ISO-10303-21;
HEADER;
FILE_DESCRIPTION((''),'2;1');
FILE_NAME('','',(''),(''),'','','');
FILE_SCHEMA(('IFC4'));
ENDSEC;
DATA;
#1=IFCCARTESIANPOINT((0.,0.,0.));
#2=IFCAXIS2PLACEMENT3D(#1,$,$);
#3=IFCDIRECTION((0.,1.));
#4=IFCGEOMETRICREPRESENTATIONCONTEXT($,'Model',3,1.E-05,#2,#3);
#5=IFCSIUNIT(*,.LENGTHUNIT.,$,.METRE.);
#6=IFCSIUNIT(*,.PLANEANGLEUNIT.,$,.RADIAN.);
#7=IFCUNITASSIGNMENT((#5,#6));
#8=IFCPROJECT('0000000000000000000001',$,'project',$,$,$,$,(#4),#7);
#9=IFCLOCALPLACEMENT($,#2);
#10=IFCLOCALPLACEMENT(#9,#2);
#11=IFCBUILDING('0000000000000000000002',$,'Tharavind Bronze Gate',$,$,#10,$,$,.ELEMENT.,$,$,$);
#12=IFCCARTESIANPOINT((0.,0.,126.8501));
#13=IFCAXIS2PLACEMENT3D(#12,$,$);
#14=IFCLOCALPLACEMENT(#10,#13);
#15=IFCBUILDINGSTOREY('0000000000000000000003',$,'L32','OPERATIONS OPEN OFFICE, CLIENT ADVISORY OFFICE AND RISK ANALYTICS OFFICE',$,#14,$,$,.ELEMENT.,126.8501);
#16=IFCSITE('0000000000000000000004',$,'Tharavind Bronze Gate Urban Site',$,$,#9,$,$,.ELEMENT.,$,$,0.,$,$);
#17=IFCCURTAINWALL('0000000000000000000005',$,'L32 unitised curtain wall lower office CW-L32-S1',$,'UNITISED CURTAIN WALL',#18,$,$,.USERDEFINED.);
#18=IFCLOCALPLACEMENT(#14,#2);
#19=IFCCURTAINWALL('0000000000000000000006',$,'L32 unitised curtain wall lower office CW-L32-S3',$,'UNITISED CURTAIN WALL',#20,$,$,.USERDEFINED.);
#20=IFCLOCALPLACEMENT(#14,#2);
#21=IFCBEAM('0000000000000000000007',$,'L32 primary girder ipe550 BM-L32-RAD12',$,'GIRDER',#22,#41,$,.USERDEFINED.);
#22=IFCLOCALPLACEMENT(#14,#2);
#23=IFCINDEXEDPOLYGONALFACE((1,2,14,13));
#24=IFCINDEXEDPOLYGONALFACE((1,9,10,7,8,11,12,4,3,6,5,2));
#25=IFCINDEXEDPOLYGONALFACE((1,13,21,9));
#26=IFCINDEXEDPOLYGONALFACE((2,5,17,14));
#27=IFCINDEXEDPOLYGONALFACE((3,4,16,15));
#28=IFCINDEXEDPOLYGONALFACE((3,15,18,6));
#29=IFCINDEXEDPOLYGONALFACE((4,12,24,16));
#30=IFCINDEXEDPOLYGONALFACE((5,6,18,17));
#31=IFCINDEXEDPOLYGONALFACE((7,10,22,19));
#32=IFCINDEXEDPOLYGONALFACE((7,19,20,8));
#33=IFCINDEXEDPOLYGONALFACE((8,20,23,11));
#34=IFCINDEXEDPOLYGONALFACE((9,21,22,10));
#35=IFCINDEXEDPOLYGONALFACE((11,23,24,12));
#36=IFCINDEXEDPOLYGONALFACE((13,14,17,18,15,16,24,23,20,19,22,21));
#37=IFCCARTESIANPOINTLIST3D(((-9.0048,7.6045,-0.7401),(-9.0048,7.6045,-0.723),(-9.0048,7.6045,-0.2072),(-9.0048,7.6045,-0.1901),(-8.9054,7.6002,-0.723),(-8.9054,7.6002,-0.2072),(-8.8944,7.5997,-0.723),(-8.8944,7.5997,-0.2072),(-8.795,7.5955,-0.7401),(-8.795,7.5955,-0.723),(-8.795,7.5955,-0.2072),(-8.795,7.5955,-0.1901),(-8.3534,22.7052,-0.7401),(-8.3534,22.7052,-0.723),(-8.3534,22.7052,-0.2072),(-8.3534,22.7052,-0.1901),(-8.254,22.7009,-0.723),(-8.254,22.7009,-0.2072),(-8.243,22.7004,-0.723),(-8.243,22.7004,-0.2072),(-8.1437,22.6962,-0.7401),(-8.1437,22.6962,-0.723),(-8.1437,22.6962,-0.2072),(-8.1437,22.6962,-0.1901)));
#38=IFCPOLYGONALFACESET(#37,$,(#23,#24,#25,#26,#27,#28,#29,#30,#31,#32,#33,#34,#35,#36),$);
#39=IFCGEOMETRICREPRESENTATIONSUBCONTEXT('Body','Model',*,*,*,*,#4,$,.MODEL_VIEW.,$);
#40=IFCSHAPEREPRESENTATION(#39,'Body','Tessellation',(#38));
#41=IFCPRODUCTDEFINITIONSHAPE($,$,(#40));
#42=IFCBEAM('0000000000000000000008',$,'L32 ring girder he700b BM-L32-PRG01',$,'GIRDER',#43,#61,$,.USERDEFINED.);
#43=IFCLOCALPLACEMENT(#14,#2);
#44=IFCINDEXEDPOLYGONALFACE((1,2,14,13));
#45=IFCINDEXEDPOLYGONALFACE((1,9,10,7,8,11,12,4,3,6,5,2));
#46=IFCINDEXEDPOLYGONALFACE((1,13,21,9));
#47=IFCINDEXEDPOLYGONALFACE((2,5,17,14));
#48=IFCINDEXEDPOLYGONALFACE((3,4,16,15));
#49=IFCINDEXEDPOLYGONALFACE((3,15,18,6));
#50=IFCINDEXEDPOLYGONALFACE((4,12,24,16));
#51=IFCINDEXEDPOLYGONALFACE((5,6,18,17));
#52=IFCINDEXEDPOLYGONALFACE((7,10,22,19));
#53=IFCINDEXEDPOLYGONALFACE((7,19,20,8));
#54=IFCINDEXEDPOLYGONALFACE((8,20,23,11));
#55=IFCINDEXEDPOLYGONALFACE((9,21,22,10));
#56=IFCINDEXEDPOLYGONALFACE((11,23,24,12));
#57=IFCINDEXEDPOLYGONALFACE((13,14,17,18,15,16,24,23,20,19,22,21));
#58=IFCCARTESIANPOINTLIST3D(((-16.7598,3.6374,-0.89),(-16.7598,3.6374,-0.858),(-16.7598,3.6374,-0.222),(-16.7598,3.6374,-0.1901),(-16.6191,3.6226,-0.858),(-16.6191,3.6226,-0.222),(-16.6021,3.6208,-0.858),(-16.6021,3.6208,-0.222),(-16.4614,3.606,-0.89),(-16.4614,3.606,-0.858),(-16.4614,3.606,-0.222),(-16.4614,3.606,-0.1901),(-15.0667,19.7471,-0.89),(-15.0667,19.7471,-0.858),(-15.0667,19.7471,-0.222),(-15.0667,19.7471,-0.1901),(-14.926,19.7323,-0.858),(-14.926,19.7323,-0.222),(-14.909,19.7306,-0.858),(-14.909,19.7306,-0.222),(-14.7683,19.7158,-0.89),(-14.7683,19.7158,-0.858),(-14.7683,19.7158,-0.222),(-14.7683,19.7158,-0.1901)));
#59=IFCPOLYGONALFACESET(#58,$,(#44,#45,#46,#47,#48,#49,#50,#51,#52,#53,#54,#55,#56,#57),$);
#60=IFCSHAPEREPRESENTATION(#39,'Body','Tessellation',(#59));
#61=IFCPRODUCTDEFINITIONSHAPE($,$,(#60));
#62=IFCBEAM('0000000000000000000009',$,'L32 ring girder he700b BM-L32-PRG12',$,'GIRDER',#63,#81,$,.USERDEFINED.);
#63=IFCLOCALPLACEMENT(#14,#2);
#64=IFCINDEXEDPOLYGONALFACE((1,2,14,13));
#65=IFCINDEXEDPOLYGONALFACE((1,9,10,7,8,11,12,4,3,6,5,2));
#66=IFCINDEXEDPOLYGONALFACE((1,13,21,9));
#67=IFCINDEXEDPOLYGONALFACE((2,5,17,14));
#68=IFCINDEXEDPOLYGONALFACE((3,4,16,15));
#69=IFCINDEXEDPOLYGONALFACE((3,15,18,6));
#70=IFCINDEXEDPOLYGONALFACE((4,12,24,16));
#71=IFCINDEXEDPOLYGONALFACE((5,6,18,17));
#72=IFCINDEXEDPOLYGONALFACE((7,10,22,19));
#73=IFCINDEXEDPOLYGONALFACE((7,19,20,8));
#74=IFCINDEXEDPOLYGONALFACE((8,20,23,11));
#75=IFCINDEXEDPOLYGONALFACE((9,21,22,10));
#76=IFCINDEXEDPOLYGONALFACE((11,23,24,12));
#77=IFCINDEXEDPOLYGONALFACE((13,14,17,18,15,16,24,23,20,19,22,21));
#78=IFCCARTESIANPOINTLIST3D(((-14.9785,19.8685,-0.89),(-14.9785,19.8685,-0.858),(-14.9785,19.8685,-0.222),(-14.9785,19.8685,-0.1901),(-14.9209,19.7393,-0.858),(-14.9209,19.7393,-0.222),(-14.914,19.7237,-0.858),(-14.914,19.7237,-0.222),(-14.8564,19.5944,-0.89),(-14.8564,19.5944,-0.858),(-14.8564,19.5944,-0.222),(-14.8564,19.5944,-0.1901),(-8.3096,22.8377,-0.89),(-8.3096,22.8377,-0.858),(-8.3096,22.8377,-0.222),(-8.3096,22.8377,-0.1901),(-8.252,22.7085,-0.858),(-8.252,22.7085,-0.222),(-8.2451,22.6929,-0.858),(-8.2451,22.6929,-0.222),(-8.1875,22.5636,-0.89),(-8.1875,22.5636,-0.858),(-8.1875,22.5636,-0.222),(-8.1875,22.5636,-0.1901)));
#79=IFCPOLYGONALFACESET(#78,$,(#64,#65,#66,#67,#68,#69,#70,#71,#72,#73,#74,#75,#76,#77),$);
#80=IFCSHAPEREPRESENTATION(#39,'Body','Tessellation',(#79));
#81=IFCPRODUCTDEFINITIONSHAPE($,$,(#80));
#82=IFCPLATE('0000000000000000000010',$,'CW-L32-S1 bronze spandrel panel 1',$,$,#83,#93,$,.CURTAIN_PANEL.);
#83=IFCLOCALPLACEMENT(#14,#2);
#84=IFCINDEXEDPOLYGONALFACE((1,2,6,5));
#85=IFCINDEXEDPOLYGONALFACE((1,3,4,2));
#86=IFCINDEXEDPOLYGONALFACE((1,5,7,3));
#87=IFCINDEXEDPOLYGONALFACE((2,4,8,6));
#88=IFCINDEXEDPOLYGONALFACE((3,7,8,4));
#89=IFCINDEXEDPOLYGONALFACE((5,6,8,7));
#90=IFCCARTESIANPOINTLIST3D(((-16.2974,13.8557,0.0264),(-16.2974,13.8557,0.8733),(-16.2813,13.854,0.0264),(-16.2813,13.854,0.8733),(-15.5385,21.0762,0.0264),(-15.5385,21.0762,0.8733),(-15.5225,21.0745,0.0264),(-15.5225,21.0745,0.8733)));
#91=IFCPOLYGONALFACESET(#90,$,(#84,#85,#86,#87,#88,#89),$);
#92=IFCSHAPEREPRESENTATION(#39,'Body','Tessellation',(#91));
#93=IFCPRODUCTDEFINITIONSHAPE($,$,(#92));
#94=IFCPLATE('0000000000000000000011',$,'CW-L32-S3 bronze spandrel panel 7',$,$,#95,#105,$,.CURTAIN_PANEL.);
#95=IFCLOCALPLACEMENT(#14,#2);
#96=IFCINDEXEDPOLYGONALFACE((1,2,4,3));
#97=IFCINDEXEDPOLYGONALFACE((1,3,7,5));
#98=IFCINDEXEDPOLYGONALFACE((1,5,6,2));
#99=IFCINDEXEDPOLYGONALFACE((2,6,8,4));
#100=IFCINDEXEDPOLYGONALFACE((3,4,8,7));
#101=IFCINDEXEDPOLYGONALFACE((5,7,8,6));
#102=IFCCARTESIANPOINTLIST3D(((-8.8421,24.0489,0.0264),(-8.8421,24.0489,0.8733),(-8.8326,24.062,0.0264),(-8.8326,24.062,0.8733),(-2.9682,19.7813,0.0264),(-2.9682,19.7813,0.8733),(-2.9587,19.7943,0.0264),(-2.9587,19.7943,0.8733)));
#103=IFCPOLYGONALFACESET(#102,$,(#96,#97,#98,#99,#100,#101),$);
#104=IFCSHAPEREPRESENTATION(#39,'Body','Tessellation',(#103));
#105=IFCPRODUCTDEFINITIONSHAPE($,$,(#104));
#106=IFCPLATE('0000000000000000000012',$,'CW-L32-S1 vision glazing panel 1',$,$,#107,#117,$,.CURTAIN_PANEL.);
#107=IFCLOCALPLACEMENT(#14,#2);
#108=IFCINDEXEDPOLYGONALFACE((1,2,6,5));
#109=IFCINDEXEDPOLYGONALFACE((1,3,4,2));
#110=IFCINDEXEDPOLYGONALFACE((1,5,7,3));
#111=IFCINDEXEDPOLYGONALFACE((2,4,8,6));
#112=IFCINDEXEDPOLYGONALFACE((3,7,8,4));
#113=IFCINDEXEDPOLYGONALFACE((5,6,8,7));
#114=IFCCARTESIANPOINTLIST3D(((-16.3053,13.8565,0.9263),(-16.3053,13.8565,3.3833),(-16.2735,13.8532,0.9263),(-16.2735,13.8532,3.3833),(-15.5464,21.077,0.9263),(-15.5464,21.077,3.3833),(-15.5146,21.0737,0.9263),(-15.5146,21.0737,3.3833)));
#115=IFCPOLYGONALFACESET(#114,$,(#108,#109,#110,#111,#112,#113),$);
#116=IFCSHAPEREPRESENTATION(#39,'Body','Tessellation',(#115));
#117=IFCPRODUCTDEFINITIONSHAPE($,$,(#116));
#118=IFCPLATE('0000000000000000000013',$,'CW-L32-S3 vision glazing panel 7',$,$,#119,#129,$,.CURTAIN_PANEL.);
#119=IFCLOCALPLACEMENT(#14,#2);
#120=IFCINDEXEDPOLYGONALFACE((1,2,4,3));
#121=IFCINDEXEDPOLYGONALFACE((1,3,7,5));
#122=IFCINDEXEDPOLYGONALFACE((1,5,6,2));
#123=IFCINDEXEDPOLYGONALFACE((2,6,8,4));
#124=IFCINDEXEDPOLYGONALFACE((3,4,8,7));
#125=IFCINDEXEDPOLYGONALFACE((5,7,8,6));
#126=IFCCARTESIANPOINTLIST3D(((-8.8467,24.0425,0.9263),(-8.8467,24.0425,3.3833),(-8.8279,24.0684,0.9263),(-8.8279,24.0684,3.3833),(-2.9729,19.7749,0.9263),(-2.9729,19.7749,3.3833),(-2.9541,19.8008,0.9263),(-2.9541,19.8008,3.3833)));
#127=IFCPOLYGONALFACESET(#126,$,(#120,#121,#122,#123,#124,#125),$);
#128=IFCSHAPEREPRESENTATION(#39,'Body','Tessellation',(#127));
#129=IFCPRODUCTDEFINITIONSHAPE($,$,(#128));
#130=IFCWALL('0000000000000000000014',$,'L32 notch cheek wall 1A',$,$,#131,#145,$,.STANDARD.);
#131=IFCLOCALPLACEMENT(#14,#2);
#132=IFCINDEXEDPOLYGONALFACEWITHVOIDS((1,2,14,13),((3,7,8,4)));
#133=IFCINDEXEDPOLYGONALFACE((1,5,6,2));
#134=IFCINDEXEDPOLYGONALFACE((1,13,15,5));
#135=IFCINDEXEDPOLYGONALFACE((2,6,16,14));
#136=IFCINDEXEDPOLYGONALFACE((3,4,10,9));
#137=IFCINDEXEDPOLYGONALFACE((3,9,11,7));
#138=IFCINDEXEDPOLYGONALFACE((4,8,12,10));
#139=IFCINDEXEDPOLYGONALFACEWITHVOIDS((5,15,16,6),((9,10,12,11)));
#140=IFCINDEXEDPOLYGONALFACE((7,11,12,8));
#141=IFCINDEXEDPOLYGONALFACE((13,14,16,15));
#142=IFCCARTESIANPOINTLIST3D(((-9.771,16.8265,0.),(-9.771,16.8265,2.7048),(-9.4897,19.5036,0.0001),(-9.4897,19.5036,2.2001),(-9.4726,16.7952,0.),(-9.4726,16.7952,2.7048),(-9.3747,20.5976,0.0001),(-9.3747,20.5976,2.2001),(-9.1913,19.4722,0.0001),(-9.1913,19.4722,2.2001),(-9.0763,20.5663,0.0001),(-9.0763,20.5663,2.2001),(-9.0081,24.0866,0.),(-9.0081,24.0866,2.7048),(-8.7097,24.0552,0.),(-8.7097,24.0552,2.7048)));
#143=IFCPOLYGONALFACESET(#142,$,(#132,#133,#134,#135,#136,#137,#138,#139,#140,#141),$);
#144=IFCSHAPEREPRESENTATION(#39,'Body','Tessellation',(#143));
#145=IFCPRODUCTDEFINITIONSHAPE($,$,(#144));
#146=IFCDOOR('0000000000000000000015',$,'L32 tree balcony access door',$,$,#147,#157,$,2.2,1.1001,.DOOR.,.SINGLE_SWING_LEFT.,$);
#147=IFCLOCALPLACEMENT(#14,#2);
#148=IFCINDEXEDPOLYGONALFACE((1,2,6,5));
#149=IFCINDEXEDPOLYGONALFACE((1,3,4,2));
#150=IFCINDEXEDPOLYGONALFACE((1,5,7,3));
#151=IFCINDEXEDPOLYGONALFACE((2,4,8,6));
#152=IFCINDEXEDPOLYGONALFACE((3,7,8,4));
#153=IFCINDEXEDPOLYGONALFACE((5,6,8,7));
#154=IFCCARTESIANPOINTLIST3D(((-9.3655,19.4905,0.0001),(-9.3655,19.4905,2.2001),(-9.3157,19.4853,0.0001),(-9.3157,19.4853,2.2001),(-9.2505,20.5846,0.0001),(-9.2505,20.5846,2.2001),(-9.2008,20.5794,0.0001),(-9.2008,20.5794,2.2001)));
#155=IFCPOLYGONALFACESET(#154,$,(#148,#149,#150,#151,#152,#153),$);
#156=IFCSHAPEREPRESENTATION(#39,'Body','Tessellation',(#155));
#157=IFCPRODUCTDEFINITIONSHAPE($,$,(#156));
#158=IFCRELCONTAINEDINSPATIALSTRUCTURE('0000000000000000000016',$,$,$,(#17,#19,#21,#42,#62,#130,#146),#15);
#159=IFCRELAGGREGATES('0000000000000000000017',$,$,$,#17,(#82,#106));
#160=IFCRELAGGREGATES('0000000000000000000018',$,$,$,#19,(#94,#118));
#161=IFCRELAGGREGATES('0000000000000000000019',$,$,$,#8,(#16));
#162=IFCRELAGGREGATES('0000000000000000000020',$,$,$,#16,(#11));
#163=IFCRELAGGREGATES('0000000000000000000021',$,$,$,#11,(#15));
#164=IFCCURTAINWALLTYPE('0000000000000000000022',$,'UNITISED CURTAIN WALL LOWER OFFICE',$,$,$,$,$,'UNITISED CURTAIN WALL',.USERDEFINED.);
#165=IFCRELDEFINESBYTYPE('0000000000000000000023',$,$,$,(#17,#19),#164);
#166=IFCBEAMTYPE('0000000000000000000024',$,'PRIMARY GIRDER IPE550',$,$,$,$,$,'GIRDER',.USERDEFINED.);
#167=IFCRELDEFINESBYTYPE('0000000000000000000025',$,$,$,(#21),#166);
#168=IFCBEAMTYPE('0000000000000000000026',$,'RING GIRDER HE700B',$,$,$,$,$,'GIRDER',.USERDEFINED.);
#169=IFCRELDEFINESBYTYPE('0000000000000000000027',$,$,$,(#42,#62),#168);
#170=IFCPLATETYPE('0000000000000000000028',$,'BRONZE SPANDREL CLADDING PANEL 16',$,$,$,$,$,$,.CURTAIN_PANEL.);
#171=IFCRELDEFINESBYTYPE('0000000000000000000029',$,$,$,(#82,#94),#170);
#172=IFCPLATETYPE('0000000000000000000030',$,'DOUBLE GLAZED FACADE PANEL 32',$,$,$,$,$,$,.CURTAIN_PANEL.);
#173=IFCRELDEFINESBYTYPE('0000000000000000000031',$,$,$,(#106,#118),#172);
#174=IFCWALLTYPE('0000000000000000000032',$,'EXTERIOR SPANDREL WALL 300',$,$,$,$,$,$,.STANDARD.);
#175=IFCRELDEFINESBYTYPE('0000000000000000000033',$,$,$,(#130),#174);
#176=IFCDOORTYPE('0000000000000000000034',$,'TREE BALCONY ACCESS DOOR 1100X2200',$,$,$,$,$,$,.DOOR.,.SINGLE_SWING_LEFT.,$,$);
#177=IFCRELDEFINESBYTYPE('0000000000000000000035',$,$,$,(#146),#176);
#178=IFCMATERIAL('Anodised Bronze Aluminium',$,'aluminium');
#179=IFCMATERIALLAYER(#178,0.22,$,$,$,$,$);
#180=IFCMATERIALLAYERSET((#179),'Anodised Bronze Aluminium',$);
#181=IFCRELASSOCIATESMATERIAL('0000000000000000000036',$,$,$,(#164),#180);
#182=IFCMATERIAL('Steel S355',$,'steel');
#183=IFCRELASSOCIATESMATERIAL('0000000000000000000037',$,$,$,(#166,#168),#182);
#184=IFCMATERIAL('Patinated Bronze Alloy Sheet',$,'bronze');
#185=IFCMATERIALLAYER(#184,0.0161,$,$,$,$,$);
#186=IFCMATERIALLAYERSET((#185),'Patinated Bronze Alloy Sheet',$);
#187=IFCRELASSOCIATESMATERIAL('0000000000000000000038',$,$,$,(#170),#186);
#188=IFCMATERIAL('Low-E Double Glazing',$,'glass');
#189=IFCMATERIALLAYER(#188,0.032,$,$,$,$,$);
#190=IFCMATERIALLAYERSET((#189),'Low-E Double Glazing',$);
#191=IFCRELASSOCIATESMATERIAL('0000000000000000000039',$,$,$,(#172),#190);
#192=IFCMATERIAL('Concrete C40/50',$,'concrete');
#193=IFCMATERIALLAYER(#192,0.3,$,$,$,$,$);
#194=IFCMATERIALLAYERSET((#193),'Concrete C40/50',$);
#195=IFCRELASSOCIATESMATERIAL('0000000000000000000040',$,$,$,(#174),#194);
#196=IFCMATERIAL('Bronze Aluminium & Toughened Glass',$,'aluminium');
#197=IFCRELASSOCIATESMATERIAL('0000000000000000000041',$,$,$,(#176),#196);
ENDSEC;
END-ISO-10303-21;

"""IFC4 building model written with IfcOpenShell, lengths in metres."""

from ifc_helpers import new_model, si_unit, direction, frame, frame_2d, origin, origin_2d, place, context, subcontext, project, spatial, rectangle, i_section, extrude, material, layer, layer_set, material_profile, profile_set, type_object, element, fill, aggregate, save


model = new_model("IFC4")

# Units and contexts
model_context = context("Model", 3, precision=1e-05, world=origin(), true_north=direction((0.0, 1.0)))
body_context = subcontext(model_context, "Body", "Model", "MODEL_VIEW")
ifc_project = project(units=[si_unit("LENGTHUNIT", "METRE"), si_unit("PLANEANGLEUNIT", "RADIAN")], contexts=[model_context])

# Site, building, storey
site_placement = place(None, origin())
site = spatial("IfcSite", under=ifc_project, at=site_placement, Name="Tharavind Bronze Gate Urban Site", CompositionType="ELEMENT", RefElevation=0.0)
building_placement = place(site_placement, origin())
building = spatial("IfcBuilding", under=site, at=building_placement, Name="Tharavind Bronze Gate", CompositionType="ELEMENT")
storey_placement = place(building_placement, frame((0.0, 0.0, 126.8501)))
storey = spatial("IfcBuildingStorey", under=building, at=storey_placement, Name="L32", Description="OPERATIONS OPEN OFFICE, CLIENT ADVISORY OFFICE AND RISK ANALYTICS OFFICE", CompositionType="ELEMENT", Elevation=126.8501)

# Curtain wall
ifc_material_1 = material(Name="Anodised Bronze Aluminium", Category="aluminium")
ifc_layer_1 = layer(ifc_material_1, 0.22)
ifc_layer_set_1 = layer_set([ifc_layer_1], Name="Anodised Bronze Aluminium")
curtain_wall_type = type_object("IfcCurtainWallType", Name="UNITISED CURTAIN WALL LOWER OFFICE", ElementType="UNITISED CURTAIN WALL", PredefinedType="USERDEFINED", material=ifc_layer_set_1)
curtain_wall_1_placement = place(storey_placement, origin())
curtain_wall_1 = element("IfcCurtainWall", 1, at=curtain_wall_1_placement, inside=storey, type_object=curtain_wall_type, Name="L32 unitised curtain wall lower office CW-L32-S1", ObjectType="UNITISED CURTAIN WALL", PredefinedType="USERDEFINED")

# Curtain wall
curtain_wall_2_placement = place(storey_placement, origin())
curtain_wall_2 = element("IfcCurtainWall", 2, at=curtain_wall_2_placement, inside=storey, type_object=curtain_wall_type, Name="L32 unitised curtain wall lower office CW-L32-S3", ObjectType="UNITISED CURTAIN WALL", PredefinedType="USERDEFINED")

# Beams
ifc_material_2 = material(Name="Steel S355", Category="steel")
ifc_material_profile_1 = material_profile(ifc_material_2, i_section(OverallWidth=0.21, OverallDepth=0.55, WebThickness=0.011, FlangeThickness=0.0171, at=origin_2d()), Name="IPE550")
ifc_profile_set_1 = profile_set([ifc_material_profile_1], Name="Steel S355")
beam_type_1 = type_object("IfcBeamType", Name="PRIMARY GIRDER IPE550", ElementType="GIRDER", PredefinedType="USERDEFINED", material=ifc_profile_set_1)
beam_1_placement = place(storey_placement, frame((-8.2485, 22.7007, -0.4651), z_axis=(-0.043095, -0.999071, 0.0), x_axis=(0.999071, -0.043095, 0.0)))
element("IfcBeam", 3, at=beam_1_placement, inside=storey, type_object=beam_type_1, Name="L32 primary girder ipe550 BM-L32-RAD12", ObjectType="GIRDER", PredefinedType="USERDEFINED", context=body_context, shape_type="SweptSolid", body=[
    extrude(i_section(OverallWidth=0.21, OverallDepth=0.55, WebThickness=0.011, FlangeThickness=0.0171, at=origin_2d()), origin(), (0.0, 0.0, 1.0), 15.1147),
])
ifc_material_profile_2 = material_profile(ifc_material_2, i_section(OverallWidth=0.3, OverallDepth=0.7, WebThickness=0.0171, FlangeThickness=0.032, at=origin_2d()), Name="HE700B")
ifc_profile_set_2 = profile_set([ifc_material_profile_2], Name="Steel S355")
beam_type_2 = type_object("IfcBeamType", Name="RING GIRDER HE700B", ElementType="GIRDER", PredefinedType="USERDEFINED", material=ifc_profile_set_2)
beam_2_placement = place(storey_placement, frame((-14.9175, 19.7314, -0.54), z_axis=(-0.104522, -0.994523, 0.0), x_axis=(0.994523, -0.104522, 0.0)))
element("IfcBeam", 4, at=beam_2_placement, inside=storey, type_object=beam_type_2, Name="L32 ring girder he700b BM-L32-PRG01", ObjectType="GIRDER", PredefinedType="USERDEFINED", context=body_context, shape_type="SweptSolid", body=[
    extrude(i_section(OverallWidth=0.3, OverallDepth=0.7, WebThickness=0.0171, FlangeThickness=0.032, at=origin_2d()), origin(), (0.0, 0.0, 1.0), 16.1985),
])
beam_3_placement = place(storey_placement, frame((-8.2485, 22.7007, -0.54), z_axis=(-0.913544, -0.40674, 0.0), x_axis=(0.40674, -0.913544, 0.0)))
element("IfcBeam", 5, at=beam_3_placement, inside=storey, type_object=beam_type_2, Name="L32 ring girder he700b BM-L32-PRG12", ObjectType="GIRDER", PredefinedType="USERDEFINED", context=body_context, shape_type="SweptSolid", body=[
    extrude(i_section(OverallWidth=0.3, OverallDepth=0.7, WebThickness=0.0171, FlangeThickness=0.032, at=origin_2d()), origin(), (0.0, 0.0, 1.0), 7.3),
])

# Plates
ifc_material_3 = material(Name="Patinated Bronze Alloy Sheet", Category="bronze")
ifc_layer_2 = layer(ifc_material_3, 0.0161)
ifc_layer_set_2 = layer_set([ifc_layer_2], Name="Patinated Bronze Alloy Sheet")
plate_type_1 = type_object("IfcPlateType", Name="BRONZE SPANDREL CLADDING PANEL 16", PredefinedType="CURTAIN_PANEL", material=ifc_layer_set_2)
plate_1_placement = place(storey_placement, frame((-15.9099, 17.4651, 0.0264), z_axis=(0.0, 0.0, 1.0), x_axis=(-0.104527, -0.994522, 0.0)))
plate_1 = element("IfcPlate", 6, at=plate_1_placement, type_object=plate_type_1, Name="CW-L32-S1 bronze spandrel panel 1", PredefinedType="CURTAIN_PANEL", context=body_context, shape_type="SweptSolid", body=[
    extrude(rectangle(XDim=7.2603, YDim=0.0161, at=origin_2d()), origin(), (0.0, 0.0, 1.0), 0.8469),
])
plate_2_placement = place(storey_placement, frame((-5.9004, 21.9216, 0.0264), z_axis=(0.0, 0.0, 1.0), x_axis=(-0.809017, 0.587785, 0.0)))
plate_2 = element("IfcPlate", 7, at=plate_2_placement, type_object=plate_type_1, Name="CW-L32-S3 bronze spandrel panel 7", PredefinedType="CURTAIN_PANEL", context=body_context, shape_type="SweptSolid", body=[
    extrude(rectangle(XDim=7.2605, YDim=0.0161, at=origin_2d()), origin(), (0.0, 0.0, 1.0), 0.8469),
])
ifc_material_4 = material(Name="Low-E Double Glazing", Category="glass")
ifc_layer_3 = layer(ifc_material_4, 0.032)
ifc_layer_set_3 = layer_set([ifc_layer_3], Name="Low-E Double Glazing")
plate_type_2 = type_object("IfcPlateType", Name="DOUBLE GLAZED FACADE PANEL 32", PredefinedType="CURTAIN_PANEL", material=ifc_layer_set_3)
plate_3_placement = place(storey_placement, frame((-15.9099, 17.4651, 0.9263), z_axis=(0.0, 0.0, 1.0), x_axis=(-0.104527, -0.994522, 0.0)))
plate_3 = element("IfcPlate", 8, at=plate_3_placement, type_object=plate_type_2, Name="CW-L32-S1 vision glazing panel 1", PredefinedType="CURTAIN_PANEL", context=body_context, shape_type="SweptSolid", body=[
    extrude(rectangle(XDim=7.2603, YDim=0.032, at=origin_2d()), origin(), (0.0, 0.0, 1.0), 2.457),
])
aggregate(curtain_wall_1, [plate_1, plate_3])
plate_4_placement = place(storey_placement, frame((-5.9004, 21.9216, 0.9263), z_axis=(0.0, 0.0, 1.0), x_axis=(-0.809017, 0.587785, 0.0)))
plate_4 = element("IfcPlate", 9, at=plate_4_placement, type_object=plate_type_2, Name="CW-L32-S3 vision glazing panel 7", PredefinedType="CURTAIN_PANEL", context=body_context, shape_type="SweptSolid", body=[
    extrude(rectangle(XDim=7.2605, YDim=0.032, at=origin_2d()), origin(), (0.0, 0.0, 1.0), 2.457),
])
aggregate(curtain_wall_2, [plate_2, plate_4])

# Wall, opening, door
ifc_material_5 = material(Name="Concrete C40/50", Category="concrete")
ifc_layer_4 = layer(ifc_material_5, 0.3)
ifc_layer_set_4 = layer_set([ifc_layer_4], Name="Concrete C40/50")
wall_type = type_object("IfcWallType", Name="EXTERIOR SPANDREL WALL 300", PredefinedType="STANDARD", material=ifc_layer_set_4)
wall_placement = place(storey_placement, frame((-8.8589, 24.0708, 0.0), z_axis=(0.0, 0.0, 1.0), x_axis=(-0.104512, -0.994524, 0.0)))
wall = element("IfcWall", 10, at=wall_placement, inside=storey, type_object=wall_type, Name="L32 notch cheek wall 1A", PredefinedType="STANDARD", context=body_context, shape_type="SweptSolid", body=[
    extrude(rectangle(XDim=7.3, YDim=0.3, at=frame_2d((3.6499, 0.0))), origin(), (0.0, 0.0, 1.0), 2.7048),
])
opening_placement = place(wall_placement, frame((3.5081, 0.0, 0.0)))
opening = element("IfcOpeningElement", 11, at=opening_placement, cuts=wall, PredefinedType="OPENING", context=body_context, shape_type="SweptSolid", body=[
    extrude(rectangle(XDim=1.1001, YDim=2.2, at=frame_2d((0.55, 1.1001))), frame((0.0, 0.1599, 0.0), z_axis=(0.0, -1.0, 0.0), x_axis=(1.0, 0.0, 0.0)), (0.0, 0.0, 1.0), 0.32),
])
ifc_material_6 = material(Name="Bronze Aluminium & Toughened Glass", Category="aluminium")
door_type = type_object("IfcDoorType", Name="TREE BALCONY ACCESS DOOR 1100X2200", OperationType="SINGLE_SWING_LEFT", PredefinedType="DOOR", material=ifc_material_6)
door_placement = place(opening_placement, origin())
door = element("IfcDoor", 12, at=door_placement, inside=storey, type_object=door_type, Name="L32 tree balcony access door", OperationType="SINGLE_SWING_LEFT", OverallHeight=2.2, OverallWidth=1.1001, PredefinedType="DOOR", context=body_context, shape_type="SweptSolid", body=[
    extrude(rectangle(XDim=1.1001, YDim=2.2, at=frame_2d((0.55, 1.1001))), frame((0.0, 0.0249, 0.0), z_axis=(0.0, -1.0, 0.0), x_axis=(1.0, 0.0, 0.0)), (0.0, 0.0, 1.0), 0.05),
])
fill(opening, door)

save(model, "model.ifc")
